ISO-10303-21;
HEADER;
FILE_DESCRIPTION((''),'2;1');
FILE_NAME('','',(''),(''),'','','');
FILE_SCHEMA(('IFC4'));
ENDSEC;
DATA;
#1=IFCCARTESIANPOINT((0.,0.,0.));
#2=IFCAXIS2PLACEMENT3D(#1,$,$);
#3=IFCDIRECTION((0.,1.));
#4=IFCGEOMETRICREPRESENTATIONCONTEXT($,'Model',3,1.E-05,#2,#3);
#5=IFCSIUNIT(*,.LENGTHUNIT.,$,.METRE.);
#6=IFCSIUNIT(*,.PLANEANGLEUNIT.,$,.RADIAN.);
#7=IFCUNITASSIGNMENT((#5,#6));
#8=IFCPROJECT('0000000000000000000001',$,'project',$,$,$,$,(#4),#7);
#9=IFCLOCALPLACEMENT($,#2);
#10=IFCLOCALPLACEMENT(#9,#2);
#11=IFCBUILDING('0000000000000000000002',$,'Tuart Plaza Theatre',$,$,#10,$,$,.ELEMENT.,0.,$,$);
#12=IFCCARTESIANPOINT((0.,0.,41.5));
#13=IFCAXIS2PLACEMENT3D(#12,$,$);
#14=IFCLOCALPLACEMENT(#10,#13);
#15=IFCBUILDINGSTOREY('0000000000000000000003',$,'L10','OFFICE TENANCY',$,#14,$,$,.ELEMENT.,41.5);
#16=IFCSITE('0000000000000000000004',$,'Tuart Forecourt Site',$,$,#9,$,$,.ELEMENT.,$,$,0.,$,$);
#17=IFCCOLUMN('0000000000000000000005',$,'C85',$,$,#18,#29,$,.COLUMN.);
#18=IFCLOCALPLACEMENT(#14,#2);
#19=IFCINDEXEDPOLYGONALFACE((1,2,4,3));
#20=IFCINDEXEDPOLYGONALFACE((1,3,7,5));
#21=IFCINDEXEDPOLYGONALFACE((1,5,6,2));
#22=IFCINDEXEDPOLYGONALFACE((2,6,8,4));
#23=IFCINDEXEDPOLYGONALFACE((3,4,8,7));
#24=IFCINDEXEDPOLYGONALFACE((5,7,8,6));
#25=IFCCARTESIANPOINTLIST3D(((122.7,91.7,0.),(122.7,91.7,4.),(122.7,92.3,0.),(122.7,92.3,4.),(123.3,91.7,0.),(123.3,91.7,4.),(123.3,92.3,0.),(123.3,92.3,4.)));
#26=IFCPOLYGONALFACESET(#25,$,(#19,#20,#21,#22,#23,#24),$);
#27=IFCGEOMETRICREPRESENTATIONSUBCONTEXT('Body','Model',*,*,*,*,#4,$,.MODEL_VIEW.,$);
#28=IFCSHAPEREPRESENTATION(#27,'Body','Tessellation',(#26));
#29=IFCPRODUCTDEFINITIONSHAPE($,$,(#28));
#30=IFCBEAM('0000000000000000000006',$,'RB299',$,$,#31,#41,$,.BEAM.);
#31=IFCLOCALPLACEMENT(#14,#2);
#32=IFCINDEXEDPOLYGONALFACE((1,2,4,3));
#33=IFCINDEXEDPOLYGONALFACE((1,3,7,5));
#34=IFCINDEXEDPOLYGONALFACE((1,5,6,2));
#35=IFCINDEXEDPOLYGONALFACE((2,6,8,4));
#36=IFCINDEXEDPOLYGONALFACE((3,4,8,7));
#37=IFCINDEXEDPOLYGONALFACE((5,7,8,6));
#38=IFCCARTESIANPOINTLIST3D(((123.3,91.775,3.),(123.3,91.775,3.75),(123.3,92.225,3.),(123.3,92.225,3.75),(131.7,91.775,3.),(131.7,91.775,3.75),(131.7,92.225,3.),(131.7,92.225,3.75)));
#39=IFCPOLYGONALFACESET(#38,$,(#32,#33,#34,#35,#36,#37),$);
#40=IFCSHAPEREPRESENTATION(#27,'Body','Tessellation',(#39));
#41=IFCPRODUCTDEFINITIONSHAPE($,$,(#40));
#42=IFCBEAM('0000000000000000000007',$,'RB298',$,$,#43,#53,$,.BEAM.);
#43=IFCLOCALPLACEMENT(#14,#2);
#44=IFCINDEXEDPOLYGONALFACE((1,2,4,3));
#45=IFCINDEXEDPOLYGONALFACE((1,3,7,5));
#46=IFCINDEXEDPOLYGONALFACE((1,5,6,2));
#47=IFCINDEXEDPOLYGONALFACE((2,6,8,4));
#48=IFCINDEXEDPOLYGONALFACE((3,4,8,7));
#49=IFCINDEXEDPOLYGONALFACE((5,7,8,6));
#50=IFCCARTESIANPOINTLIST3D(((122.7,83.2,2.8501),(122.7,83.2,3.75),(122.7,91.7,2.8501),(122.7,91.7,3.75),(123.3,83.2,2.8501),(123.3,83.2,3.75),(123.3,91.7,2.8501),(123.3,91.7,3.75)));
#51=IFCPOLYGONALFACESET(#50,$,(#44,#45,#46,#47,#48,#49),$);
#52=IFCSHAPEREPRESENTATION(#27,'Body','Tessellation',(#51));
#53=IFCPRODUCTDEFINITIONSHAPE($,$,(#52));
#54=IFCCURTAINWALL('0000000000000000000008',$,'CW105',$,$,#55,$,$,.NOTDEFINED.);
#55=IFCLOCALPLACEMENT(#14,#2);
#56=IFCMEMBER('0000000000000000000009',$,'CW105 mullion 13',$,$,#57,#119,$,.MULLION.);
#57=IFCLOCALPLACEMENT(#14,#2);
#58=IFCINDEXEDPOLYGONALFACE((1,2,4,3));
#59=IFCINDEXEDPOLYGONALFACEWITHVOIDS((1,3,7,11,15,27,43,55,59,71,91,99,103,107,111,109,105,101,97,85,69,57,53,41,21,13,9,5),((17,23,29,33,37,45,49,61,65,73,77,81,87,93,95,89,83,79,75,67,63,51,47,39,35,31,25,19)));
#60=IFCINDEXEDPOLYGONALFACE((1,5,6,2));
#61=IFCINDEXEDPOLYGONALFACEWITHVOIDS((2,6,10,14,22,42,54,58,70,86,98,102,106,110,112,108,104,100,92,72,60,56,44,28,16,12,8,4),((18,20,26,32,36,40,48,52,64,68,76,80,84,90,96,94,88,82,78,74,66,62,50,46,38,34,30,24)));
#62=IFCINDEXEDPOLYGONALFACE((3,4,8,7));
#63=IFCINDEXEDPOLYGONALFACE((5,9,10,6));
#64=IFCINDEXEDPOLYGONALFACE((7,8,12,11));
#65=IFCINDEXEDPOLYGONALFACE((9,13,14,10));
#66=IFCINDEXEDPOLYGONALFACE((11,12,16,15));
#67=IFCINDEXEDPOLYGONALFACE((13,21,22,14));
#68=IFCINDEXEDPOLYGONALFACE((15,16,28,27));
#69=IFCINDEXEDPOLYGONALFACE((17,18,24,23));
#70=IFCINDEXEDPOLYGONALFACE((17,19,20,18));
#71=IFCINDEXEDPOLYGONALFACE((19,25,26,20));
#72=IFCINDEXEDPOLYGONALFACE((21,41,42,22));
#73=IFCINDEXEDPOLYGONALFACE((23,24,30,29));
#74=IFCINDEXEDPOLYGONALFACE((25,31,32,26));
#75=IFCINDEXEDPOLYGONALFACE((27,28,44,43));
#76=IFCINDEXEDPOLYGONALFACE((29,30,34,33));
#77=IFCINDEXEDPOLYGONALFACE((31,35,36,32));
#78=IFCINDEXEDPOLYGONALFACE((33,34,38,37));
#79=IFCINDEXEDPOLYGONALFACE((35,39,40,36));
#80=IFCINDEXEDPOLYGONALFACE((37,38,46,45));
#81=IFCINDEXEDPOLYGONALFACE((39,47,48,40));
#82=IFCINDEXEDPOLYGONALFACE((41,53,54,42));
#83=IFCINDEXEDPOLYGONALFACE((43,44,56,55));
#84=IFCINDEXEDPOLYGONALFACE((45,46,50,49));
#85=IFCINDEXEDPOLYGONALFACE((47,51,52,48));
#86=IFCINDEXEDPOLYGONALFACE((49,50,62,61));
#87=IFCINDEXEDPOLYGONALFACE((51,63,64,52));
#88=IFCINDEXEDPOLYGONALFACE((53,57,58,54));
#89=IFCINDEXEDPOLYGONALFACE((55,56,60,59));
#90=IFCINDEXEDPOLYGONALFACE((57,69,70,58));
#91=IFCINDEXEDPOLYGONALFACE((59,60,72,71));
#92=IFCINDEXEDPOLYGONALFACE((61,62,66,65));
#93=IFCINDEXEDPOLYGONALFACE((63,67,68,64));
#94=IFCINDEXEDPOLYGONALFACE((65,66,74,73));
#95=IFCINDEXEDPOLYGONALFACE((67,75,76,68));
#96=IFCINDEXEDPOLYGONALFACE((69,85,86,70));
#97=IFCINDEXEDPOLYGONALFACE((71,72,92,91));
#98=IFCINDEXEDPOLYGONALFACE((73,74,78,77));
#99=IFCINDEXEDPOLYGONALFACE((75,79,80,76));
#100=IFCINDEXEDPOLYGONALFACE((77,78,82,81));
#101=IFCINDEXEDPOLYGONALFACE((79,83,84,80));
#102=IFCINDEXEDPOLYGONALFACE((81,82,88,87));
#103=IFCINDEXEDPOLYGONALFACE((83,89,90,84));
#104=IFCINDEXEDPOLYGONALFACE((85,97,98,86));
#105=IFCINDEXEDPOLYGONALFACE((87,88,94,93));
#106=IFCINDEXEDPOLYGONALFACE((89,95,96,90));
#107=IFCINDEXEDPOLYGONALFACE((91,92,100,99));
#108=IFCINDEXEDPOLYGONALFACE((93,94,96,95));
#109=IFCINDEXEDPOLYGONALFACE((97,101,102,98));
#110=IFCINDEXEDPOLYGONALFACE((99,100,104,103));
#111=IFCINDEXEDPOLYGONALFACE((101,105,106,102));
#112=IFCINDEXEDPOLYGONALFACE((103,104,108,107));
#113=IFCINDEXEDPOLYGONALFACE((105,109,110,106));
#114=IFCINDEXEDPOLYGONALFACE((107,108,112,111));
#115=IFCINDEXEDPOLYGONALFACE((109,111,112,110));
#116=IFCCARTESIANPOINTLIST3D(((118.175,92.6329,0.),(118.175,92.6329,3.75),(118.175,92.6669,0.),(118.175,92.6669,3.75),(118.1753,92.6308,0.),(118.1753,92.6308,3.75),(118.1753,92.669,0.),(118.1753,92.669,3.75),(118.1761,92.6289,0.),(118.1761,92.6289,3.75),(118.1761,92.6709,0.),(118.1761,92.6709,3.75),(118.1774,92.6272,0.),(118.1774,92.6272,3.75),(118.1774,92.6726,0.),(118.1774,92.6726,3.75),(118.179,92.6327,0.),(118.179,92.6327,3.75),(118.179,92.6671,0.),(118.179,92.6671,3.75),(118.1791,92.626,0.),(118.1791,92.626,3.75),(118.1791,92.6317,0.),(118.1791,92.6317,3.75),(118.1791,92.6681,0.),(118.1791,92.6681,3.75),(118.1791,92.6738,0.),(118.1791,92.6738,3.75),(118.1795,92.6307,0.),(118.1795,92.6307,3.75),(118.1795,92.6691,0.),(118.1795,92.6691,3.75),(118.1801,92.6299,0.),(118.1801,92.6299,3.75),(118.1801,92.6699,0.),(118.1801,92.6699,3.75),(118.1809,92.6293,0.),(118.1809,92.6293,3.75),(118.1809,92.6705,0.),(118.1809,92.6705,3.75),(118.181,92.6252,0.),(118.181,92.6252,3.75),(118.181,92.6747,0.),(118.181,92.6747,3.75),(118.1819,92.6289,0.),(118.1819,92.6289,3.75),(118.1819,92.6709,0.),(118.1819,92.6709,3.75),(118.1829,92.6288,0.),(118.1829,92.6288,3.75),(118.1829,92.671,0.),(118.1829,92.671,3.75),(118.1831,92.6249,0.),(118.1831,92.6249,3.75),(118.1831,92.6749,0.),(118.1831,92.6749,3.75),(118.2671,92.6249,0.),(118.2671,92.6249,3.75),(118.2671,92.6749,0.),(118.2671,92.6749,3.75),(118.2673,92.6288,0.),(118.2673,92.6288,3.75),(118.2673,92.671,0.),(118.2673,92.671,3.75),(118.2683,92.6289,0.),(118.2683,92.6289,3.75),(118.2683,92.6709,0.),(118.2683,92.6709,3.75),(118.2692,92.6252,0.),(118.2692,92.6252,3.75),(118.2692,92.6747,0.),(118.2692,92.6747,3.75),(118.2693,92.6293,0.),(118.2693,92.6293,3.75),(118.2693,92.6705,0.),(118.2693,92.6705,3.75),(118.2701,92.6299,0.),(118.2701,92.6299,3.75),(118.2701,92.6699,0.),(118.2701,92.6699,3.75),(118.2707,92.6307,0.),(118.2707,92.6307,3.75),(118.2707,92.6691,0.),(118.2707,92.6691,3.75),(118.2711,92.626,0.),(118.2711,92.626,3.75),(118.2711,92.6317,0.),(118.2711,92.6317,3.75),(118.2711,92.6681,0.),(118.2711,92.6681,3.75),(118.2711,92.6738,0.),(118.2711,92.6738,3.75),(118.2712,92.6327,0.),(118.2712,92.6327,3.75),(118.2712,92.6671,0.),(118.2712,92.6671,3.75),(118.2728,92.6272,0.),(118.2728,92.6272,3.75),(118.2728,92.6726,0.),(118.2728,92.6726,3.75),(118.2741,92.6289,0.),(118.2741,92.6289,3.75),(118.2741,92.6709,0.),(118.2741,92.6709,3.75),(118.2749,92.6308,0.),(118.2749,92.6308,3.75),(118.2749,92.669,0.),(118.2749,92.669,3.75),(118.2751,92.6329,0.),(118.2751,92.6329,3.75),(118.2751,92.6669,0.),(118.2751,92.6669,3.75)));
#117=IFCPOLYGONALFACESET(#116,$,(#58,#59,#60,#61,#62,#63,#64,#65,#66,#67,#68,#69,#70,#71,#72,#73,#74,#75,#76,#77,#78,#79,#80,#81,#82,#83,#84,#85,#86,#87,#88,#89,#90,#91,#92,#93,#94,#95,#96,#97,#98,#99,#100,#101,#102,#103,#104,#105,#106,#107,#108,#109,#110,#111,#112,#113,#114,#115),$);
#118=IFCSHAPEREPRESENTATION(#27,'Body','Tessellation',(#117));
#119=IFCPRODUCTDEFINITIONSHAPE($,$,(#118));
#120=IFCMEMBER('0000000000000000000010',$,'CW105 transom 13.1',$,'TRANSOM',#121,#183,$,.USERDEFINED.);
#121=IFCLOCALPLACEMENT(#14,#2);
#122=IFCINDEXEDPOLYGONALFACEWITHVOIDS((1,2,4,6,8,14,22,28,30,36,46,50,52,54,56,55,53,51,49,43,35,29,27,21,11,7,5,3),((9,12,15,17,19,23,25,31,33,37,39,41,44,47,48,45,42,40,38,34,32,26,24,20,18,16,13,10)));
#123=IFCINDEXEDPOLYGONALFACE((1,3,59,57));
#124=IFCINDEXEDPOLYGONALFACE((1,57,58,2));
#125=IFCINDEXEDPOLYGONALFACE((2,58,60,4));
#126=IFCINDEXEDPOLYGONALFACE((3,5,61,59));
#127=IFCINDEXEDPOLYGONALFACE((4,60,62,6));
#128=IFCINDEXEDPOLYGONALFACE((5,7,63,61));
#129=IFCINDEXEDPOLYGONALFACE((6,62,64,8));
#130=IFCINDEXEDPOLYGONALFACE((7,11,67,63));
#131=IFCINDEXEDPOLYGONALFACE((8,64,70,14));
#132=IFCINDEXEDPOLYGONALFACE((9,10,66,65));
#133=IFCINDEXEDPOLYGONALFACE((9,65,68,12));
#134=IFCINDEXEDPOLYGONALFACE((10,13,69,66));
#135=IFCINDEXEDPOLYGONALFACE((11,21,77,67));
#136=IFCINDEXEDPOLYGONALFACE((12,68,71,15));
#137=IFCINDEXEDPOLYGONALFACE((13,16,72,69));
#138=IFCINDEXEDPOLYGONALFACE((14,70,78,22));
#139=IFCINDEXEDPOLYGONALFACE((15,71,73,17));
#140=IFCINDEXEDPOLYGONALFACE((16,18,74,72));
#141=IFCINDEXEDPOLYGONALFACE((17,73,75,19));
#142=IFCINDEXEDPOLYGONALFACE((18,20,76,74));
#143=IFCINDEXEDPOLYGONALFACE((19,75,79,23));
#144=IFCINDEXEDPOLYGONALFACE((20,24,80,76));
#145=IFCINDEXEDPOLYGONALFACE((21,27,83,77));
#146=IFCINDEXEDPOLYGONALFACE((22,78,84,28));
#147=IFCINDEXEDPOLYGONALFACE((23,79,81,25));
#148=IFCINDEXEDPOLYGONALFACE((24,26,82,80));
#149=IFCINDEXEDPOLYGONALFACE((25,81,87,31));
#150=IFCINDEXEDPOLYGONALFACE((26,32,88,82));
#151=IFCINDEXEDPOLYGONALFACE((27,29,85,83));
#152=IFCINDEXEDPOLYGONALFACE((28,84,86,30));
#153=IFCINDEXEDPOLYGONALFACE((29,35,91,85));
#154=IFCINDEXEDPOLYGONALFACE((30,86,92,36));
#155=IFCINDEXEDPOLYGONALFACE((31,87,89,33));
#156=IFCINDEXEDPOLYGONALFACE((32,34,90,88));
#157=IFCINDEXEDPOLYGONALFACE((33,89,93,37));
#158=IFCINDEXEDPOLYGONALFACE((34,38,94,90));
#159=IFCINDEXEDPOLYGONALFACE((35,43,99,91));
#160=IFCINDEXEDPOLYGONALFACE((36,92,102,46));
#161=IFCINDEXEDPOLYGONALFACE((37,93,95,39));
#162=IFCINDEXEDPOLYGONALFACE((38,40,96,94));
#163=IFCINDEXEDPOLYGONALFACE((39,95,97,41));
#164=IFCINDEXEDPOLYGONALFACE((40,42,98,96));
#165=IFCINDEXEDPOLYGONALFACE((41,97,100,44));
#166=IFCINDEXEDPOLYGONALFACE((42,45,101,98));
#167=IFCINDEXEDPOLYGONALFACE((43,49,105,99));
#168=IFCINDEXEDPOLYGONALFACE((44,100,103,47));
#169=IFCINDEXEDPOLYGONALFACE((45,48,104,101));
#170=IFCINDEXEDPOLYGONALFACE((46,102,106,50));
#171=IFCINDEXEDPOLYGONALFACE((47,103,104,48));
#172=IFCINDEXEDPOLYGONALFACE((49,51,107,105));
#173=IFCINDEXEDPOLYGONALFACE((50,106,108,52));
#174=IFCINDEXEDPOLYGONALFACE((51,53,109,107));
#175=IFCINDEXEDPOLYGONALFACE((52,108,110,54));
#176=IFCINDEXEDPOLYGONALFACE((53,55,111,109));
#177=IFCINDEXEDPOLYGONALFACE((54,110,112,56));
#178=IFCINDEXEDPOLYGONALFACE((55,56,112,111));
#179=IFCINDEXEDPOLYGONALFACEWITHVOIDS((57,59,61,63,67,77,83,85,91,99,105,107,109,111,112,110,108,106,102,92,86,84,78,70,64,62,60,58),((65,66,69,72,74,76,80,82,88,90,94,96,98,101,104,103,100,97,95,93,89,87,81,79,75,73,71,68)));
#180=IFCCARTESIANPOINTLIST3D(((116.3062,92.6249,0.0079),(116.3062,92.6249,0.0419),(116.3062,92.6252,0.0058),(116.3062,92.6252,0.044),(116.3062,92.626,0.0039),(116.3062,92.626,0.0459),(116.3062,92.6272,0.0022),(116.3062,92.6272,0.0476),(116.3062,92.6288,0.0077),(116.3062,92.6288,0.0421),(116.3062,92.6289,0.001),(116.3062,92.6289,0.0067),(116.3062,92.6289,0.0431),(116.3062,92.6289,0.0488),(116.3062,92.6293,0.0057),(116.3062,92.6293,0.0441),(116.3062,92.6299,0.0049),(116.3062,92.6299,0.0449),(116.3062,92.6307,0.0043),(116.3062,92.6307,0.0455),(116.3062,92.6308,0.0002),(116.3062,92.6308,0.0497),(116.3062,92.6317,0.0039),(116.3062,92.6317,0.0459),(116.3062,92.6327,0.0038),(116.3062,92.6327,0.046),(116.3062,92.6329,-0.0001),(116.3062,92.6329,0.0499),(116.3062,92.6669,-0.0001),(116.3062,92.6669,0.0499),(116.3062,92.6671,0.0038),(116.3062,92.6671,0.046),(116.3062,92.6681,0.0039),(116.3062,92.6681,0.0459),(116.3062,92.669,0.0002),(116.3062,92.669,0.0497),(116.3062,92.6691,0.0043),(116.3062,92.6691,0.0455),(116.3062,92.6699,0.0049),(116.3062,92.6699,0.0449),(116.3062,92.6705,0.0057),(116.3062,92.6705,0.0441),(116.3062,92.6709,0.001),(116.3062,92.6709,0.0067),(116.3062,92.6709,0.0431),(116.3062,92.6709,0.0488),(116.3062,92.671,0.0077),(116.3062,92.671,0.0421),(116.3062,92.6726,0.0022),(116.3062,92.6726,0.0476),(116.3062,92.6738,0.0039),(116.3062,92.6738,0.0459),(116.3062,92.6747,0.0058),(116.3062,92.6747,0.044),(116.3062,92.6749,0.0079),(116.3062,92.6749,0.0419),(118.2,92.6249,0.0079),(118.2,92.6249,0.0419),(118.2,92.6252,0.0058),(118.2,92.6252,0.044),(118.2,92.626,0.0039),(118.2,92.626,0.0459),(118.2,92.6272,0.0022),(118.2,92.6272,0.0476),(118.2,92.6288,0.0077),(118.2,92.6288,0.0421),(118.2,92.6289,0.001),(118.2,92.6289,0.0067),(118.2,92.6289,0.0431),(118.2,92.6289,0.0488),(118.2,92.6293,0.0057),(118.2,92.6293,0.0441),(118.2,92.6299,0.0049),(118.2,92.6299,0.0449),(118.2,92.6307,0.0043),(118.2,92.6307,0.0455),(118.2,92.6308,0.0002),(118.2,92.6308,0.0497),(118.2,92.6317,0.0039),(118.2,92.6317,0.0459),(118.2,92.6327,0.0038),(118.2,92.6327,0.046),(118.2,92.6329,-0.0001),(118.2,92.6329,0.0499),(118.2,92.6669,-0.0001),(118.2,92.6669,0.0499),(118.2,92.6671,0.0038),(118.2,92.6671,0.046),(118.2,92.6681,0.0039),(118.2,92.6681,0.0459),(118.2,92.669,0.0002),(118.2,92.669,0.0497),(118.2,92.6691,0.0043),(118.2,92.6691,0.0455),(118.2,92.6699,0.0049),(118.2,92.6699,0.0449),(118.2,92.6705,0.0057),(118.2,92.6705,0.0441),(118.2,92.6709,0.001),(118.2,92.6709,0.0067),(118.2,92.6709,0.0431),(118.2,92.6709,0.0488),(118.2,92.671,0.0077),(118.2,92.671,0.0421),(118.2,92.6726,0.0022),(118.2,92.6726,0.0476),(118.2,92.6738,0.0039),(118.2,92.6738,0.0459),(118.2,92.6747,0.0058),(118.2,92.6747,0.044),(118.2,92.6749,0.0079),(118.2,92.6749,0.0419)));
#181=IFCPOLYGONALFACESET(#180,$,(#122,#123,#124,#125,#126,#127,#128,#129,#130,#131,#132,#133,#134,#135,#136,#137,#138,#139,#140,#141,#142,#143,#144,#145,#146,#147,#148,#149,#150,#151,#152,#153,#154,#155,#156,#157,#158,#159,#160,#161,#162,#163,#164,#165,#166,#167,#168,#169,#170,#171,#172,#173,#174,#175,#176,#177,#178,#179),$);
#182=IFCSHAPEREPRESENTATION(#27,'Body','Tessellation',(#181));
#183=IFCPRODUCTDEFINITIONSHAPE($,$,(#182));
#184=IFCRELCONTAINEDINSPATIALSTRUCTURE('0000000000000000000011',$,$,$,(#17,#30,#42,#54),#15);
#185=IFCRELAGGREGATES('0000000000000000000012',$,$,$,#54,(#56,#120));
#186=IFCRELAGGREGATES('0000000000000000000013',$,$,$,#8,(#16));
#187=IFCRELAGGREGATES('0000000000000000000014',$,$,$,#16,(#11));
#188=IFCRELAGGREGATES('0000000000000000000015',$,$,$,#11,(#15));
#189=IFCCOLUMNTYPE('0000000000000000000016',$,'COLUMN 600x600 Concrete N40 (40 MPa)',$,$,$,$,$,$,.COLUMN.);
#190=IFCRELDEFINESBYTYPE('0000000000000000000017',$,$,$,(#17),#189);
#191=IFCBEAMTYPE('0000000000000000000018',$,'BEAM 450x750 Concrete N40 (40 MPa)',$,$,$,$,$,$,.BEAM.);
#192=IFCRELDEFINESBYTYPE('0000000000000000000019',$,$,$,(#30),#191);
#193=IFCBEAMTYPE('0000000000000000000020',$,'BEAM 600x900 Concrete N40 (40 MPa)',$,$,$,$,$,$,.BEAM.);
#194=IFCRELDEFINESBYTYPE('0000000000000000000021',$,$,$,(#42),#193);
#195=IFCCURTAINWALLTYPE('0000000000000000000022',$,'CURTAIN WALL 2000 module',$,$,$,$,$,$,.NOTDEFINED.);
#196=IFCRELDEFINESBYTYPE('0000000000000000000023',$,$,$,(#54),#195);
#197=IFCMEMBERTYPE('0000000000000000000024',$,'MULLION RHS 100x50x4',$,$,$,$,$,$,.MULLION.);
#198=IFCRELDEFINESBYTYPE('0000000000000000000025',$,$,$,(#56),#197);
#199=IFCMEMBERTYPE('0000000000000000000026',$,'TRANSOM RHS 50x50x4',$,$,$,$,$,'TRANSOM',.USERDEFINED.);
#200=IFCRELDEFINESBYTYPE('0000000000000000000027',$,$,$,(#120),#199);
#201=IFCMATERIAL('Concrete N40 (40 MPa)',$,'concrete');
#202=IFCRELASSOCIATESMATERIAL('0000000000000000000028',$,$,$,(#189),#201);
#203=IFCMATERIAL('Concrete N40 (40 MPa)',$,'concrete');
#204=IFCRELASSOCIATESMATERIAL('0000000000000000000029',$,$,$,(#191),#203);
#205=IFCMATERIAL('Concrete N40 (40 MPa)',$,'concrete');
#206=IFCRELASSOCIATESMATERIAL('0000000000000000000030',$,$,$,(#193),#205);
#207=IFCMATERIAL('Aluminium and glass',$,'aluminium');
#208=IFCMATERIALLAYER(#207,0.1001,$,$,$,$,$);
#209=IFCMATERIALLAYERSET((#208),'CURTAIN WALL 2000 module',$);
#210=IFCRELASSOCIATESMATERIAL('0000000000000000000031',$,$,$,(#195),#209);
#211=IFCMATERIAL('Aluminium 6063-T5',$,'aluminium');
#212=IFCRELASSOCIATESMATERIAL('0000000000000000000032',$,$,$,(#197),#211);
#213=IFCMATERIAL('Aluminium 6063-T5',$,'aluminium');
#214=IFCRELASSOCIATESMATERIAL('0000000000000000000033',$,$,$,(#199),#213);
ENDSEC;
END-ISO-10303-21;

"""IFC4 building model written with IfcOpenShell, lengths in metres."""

from ifc_helpers import new_model, si_unit, direction, frame, origin, origin_2d, place, context, subcontext, project, spatial, rectangle, hollow_rectangle, extrude, material, layer, layer_set, material_profile, profile_set, type_object, element, aggregate, save


model = new_model("IFC4")

# Units and contexts
model_context = context("Model", 3, precision=1e-05, world=origin(), true_north=direction((0.0, 1.0)))
body_context = subcontext(model_context, "Body", "Model", "MODEL_VIEW")
ifc_project = project(units=[si_unit("LENGTHUNIT", "METRE"), si_unit("PLANEANGLEUNIT", "RADIAN")], contexts=[model_context])

# Site, building, storey
site_placement = place(None, origin())
site = spatial("IfcSite", under=ifc_project, at=site_placement, Name="Tuart Forecourt Site", CompositionType="ELEMENT", RefElevation=0.0)
building_placement = place(site_placement, origin())
building = spatial("IfcBuilding", under=site, at=building_placement, Name="Tuart Plaza Theatre", CompositionType="ELEMENT", ElevationOfRefHeight=0.0)
storey_placement = place(building_placement, frame((0.0, 0.0, 41.5)))
storey = spatial("IfcBuildingStorey", under=building, at=storey_placement, Name="L10", Description="OFFICE TENANCY", CompositionType="ELEMENT", Elevation=41.5)

# Column
ifc_material_1 = material(Name="Concrete N40 (40 MPa)", Category="concrete")
ifc_material_profile_1 = material_profile(ifc_material_1, rectangle(XDim=0.6001, YDim=0.6001, at=origin_2d()), Name="COLUMN 600x600 Concrete N40 (40 MPa)")
ifc_profile_set_1 = profile_set([ifc_material_profile_1], Name="Concrete N40 (40 MPa)")
column_type = type_object("IfcColumnType", Name="COLUMN 600x600 Concrete N40 (40 MPa)", PredefinedType="COLUMN", material=ifc_profile_set_1)
column_placement = place(storey_placement, frame((123.0, 92.0, 0.0), z_axis=(0.0, 0.0, 1.0), x_axis=(1.0, 0.0, 0.0)))
element("IfcColumn", 1, at=column_placement, inside=storey, type_object=column_type, Name="C85", PredefinedType="COLUMN", context=body_context, shape_type="SweptSolid", body=[
    extrude(rectangle(XDim=0.6001, YDim=0.6001, at=origin_2d()), origin(), (0.0, 0.0, 1.0), 4.0),
])

# Beams
ifc_material_2 = material(Name="Concrete N40 (40 MPa)", Category="concrete")
ifc_material_profile_2 = material_profile(ifc_material_2, rectangle(XDim=0.45, YDim=0.75, at=origin_2d()), Name="BEAM 450x750 Concrete N40 (40 MPa)")
ifc_profile_set_2 = profile_set([ifc_material_profile_2], Name="Concrete N40 (40 MPa)")
beam_type_1 = type_object("IfcBeamType", Name="BEAM 450x750 Concrete N40 (40 MPa)", PredefinedType="BEAM", material=ifc_profile_set_2)
beam_1_placement = place(storey_placement, frame((123.3, 92.0, 3.375), z_axis=(1.0, 0.0, 0.0), x_axis=(0.0, 1.0, 0.0)))
element("IfcBeam", 2, at=beam_1_placement, inside=storey, type_object=beam_type_1, Name="RB299", PredefinedType="BEAM", context=body_context, shape_type="SweptSolid", body=[
    extrude(rectangle(XDim=0.45, YDim=0.75, at=origin_2d()), origin(), (0.0, 0.0, 1.0), 8.3999),
])
ifc_material_3 = material(Name="Concrete N40 (40 MPa)", Category="concrete")
ifc_material_profile_3 = material_profile(ifc_material_3, rectangle(XDim=0.6001, YDim=0.8999, at=origin_2d()), Name="BEAM 600x900 Concrete N40 (40 MPa)")
ifc_profile_set_3 = profile_set([ifc_material_profile_3], Name="Concrete N40 (40 MPa)")
beam_type_2 = type_object("IfcBeamType", Name="BEAM 600x900 Concrete N40 (40 MPa)", PredefinedType="BEAM", material=ifc_profile_set_3)
beam_2_placement = place(storey_placement, frame((123.0, 83.2, 3.3), z_axis=(0.0, 1.0, 0.0), x_axis=(-1.0, 0.0, 0.0)))
element("IfcBeam", 3, at=beam_2_placement, inside=storey, type_object=beam_type_2, Name="RB298", PredefinedType="BEAM", context=body_context, shape_type="SweptSolid", body=[
    extrude(rectangle(XDim=0.6001, YDim=0.8999, at=origin_2d()), origin(), (0.0, 0.0, 1.0), 8.5),
])

# Curtain wall, members
ifc_material_4 = material(Name="Aluminium and glass", Category="aluminium")
ifc_layer_1 = layer(ifc_material_4, 0.1001)
ifc_layer_set_1 = layer_set([ifc_layer_1], Name="CURTAIN WALL 2000 module")
curtain_wall_type = type_object("IfcCurtainWallType", Name="CURTAIN WALL 2000 module", PredefinedType="NOTDEFINED", material=ifc_layer_set_1)
curtain_wall_placement = place(storey_placement, origin())
curtain_wall = element("IfcCurtainWall", 4, at=curtain_wall_placement, inside=storey, type_object=curtain_wall_type, Name="CW105", PredefinedType="NOTDEFINED")
ifc_material_5 = material(Name="Aluminium 6063-T5", Category="aluminium")
ifc_material_profile_4 = material_profile(ifc_material_5, hollow_rectangle(XDim=0.05, YDim=0.1001, WallThickness=0.0039, InnerFilletRadius=0.0039, OuterFilletRadius=0.0081, at=origin_2d()), Name="RHS 100x50x4")
ifc_profile_set_4 = profile_set([ifc_material_profile_4], Name="Aluminium 6063-T5")
member_type_1 = type_object("IfcMemberType", Name="MULLION RHS 100x50x4", PredefinedType="MULLION", material=ifc_profile_set_4)
member_1_placement = place(storey_placement, frame((118.2251, 92.6499, 0.0), z_axis=(0.0, 0.0, 1.0), x_axis=(0.0, -1.0, 0.0)))
member_1 = element("IfcMember", 5, at=member_1_placement, type_object=member_type_1, Name="CW105 mullion 13", PredefinedType="MULLION", context=body_context, shape_type="SweptSolid", body=[
    extrude(hollow_rectangle(XDim=0.05, YDim=0.1001, WallThickness=0.0039, InnerFilletRadius=0.0039, OuterFilletRadius=0.0081, at=origin_2d()), origin(), (0.0, 0.0, 1.0), 3.75),
])
ifc_material_6 = material(Name="Aluminium 6063-T5", Category="aluminium")
ifc_material_profile_5 = material_profile(ifc_material_6, hollow_rectangle(XDim=0.05, YDim=0.05, WallThickness=0.0039, InnerFilletRadius=0.0039, OuterFilletRadius=0.0081, at=origin_2d()), Name="RHS 50x50x4")
ifc_profile_set_5 = profile_set([ifc_material_profile_5], Name="Aluminium 6063-T5")
member_type_2 = type_object("IfcMemberType", Name="TRANSOM RHS 50x50x4", ElementType="TRANSOM", PredefinedType="USERDEFINED", material=ifc_profile_set_5)
member_2_placement = place(storey_placement, frame((118.2, 92.6499, 0.0249), z_axis=(-1.0, 0.0, 0.0), x_axis=(0.0, -1.0, 0.0)))
member_2 = element("IfcMember", 6, at=member_2_placement, type_object=member_type_2, Name="CW105 transom 13.1", ObjectType="TRANSOM", PredefinedType="USERDEFINED", context=body_context, shape_type="SweptSolid", body=[
    extrude(hollow_rectangle(XDim=0.05, YDim=0.05, WallThickness=0.0039, InnerFilletRadius=0.0039, OuterFilletRadius=0.0081, at=origin_2d()), origin(), (0.0, 0.0, 1.0), 1.8938),
])
aggregate(curtain_wall, [member_1, member_2])

save(model, "model.ifc")
